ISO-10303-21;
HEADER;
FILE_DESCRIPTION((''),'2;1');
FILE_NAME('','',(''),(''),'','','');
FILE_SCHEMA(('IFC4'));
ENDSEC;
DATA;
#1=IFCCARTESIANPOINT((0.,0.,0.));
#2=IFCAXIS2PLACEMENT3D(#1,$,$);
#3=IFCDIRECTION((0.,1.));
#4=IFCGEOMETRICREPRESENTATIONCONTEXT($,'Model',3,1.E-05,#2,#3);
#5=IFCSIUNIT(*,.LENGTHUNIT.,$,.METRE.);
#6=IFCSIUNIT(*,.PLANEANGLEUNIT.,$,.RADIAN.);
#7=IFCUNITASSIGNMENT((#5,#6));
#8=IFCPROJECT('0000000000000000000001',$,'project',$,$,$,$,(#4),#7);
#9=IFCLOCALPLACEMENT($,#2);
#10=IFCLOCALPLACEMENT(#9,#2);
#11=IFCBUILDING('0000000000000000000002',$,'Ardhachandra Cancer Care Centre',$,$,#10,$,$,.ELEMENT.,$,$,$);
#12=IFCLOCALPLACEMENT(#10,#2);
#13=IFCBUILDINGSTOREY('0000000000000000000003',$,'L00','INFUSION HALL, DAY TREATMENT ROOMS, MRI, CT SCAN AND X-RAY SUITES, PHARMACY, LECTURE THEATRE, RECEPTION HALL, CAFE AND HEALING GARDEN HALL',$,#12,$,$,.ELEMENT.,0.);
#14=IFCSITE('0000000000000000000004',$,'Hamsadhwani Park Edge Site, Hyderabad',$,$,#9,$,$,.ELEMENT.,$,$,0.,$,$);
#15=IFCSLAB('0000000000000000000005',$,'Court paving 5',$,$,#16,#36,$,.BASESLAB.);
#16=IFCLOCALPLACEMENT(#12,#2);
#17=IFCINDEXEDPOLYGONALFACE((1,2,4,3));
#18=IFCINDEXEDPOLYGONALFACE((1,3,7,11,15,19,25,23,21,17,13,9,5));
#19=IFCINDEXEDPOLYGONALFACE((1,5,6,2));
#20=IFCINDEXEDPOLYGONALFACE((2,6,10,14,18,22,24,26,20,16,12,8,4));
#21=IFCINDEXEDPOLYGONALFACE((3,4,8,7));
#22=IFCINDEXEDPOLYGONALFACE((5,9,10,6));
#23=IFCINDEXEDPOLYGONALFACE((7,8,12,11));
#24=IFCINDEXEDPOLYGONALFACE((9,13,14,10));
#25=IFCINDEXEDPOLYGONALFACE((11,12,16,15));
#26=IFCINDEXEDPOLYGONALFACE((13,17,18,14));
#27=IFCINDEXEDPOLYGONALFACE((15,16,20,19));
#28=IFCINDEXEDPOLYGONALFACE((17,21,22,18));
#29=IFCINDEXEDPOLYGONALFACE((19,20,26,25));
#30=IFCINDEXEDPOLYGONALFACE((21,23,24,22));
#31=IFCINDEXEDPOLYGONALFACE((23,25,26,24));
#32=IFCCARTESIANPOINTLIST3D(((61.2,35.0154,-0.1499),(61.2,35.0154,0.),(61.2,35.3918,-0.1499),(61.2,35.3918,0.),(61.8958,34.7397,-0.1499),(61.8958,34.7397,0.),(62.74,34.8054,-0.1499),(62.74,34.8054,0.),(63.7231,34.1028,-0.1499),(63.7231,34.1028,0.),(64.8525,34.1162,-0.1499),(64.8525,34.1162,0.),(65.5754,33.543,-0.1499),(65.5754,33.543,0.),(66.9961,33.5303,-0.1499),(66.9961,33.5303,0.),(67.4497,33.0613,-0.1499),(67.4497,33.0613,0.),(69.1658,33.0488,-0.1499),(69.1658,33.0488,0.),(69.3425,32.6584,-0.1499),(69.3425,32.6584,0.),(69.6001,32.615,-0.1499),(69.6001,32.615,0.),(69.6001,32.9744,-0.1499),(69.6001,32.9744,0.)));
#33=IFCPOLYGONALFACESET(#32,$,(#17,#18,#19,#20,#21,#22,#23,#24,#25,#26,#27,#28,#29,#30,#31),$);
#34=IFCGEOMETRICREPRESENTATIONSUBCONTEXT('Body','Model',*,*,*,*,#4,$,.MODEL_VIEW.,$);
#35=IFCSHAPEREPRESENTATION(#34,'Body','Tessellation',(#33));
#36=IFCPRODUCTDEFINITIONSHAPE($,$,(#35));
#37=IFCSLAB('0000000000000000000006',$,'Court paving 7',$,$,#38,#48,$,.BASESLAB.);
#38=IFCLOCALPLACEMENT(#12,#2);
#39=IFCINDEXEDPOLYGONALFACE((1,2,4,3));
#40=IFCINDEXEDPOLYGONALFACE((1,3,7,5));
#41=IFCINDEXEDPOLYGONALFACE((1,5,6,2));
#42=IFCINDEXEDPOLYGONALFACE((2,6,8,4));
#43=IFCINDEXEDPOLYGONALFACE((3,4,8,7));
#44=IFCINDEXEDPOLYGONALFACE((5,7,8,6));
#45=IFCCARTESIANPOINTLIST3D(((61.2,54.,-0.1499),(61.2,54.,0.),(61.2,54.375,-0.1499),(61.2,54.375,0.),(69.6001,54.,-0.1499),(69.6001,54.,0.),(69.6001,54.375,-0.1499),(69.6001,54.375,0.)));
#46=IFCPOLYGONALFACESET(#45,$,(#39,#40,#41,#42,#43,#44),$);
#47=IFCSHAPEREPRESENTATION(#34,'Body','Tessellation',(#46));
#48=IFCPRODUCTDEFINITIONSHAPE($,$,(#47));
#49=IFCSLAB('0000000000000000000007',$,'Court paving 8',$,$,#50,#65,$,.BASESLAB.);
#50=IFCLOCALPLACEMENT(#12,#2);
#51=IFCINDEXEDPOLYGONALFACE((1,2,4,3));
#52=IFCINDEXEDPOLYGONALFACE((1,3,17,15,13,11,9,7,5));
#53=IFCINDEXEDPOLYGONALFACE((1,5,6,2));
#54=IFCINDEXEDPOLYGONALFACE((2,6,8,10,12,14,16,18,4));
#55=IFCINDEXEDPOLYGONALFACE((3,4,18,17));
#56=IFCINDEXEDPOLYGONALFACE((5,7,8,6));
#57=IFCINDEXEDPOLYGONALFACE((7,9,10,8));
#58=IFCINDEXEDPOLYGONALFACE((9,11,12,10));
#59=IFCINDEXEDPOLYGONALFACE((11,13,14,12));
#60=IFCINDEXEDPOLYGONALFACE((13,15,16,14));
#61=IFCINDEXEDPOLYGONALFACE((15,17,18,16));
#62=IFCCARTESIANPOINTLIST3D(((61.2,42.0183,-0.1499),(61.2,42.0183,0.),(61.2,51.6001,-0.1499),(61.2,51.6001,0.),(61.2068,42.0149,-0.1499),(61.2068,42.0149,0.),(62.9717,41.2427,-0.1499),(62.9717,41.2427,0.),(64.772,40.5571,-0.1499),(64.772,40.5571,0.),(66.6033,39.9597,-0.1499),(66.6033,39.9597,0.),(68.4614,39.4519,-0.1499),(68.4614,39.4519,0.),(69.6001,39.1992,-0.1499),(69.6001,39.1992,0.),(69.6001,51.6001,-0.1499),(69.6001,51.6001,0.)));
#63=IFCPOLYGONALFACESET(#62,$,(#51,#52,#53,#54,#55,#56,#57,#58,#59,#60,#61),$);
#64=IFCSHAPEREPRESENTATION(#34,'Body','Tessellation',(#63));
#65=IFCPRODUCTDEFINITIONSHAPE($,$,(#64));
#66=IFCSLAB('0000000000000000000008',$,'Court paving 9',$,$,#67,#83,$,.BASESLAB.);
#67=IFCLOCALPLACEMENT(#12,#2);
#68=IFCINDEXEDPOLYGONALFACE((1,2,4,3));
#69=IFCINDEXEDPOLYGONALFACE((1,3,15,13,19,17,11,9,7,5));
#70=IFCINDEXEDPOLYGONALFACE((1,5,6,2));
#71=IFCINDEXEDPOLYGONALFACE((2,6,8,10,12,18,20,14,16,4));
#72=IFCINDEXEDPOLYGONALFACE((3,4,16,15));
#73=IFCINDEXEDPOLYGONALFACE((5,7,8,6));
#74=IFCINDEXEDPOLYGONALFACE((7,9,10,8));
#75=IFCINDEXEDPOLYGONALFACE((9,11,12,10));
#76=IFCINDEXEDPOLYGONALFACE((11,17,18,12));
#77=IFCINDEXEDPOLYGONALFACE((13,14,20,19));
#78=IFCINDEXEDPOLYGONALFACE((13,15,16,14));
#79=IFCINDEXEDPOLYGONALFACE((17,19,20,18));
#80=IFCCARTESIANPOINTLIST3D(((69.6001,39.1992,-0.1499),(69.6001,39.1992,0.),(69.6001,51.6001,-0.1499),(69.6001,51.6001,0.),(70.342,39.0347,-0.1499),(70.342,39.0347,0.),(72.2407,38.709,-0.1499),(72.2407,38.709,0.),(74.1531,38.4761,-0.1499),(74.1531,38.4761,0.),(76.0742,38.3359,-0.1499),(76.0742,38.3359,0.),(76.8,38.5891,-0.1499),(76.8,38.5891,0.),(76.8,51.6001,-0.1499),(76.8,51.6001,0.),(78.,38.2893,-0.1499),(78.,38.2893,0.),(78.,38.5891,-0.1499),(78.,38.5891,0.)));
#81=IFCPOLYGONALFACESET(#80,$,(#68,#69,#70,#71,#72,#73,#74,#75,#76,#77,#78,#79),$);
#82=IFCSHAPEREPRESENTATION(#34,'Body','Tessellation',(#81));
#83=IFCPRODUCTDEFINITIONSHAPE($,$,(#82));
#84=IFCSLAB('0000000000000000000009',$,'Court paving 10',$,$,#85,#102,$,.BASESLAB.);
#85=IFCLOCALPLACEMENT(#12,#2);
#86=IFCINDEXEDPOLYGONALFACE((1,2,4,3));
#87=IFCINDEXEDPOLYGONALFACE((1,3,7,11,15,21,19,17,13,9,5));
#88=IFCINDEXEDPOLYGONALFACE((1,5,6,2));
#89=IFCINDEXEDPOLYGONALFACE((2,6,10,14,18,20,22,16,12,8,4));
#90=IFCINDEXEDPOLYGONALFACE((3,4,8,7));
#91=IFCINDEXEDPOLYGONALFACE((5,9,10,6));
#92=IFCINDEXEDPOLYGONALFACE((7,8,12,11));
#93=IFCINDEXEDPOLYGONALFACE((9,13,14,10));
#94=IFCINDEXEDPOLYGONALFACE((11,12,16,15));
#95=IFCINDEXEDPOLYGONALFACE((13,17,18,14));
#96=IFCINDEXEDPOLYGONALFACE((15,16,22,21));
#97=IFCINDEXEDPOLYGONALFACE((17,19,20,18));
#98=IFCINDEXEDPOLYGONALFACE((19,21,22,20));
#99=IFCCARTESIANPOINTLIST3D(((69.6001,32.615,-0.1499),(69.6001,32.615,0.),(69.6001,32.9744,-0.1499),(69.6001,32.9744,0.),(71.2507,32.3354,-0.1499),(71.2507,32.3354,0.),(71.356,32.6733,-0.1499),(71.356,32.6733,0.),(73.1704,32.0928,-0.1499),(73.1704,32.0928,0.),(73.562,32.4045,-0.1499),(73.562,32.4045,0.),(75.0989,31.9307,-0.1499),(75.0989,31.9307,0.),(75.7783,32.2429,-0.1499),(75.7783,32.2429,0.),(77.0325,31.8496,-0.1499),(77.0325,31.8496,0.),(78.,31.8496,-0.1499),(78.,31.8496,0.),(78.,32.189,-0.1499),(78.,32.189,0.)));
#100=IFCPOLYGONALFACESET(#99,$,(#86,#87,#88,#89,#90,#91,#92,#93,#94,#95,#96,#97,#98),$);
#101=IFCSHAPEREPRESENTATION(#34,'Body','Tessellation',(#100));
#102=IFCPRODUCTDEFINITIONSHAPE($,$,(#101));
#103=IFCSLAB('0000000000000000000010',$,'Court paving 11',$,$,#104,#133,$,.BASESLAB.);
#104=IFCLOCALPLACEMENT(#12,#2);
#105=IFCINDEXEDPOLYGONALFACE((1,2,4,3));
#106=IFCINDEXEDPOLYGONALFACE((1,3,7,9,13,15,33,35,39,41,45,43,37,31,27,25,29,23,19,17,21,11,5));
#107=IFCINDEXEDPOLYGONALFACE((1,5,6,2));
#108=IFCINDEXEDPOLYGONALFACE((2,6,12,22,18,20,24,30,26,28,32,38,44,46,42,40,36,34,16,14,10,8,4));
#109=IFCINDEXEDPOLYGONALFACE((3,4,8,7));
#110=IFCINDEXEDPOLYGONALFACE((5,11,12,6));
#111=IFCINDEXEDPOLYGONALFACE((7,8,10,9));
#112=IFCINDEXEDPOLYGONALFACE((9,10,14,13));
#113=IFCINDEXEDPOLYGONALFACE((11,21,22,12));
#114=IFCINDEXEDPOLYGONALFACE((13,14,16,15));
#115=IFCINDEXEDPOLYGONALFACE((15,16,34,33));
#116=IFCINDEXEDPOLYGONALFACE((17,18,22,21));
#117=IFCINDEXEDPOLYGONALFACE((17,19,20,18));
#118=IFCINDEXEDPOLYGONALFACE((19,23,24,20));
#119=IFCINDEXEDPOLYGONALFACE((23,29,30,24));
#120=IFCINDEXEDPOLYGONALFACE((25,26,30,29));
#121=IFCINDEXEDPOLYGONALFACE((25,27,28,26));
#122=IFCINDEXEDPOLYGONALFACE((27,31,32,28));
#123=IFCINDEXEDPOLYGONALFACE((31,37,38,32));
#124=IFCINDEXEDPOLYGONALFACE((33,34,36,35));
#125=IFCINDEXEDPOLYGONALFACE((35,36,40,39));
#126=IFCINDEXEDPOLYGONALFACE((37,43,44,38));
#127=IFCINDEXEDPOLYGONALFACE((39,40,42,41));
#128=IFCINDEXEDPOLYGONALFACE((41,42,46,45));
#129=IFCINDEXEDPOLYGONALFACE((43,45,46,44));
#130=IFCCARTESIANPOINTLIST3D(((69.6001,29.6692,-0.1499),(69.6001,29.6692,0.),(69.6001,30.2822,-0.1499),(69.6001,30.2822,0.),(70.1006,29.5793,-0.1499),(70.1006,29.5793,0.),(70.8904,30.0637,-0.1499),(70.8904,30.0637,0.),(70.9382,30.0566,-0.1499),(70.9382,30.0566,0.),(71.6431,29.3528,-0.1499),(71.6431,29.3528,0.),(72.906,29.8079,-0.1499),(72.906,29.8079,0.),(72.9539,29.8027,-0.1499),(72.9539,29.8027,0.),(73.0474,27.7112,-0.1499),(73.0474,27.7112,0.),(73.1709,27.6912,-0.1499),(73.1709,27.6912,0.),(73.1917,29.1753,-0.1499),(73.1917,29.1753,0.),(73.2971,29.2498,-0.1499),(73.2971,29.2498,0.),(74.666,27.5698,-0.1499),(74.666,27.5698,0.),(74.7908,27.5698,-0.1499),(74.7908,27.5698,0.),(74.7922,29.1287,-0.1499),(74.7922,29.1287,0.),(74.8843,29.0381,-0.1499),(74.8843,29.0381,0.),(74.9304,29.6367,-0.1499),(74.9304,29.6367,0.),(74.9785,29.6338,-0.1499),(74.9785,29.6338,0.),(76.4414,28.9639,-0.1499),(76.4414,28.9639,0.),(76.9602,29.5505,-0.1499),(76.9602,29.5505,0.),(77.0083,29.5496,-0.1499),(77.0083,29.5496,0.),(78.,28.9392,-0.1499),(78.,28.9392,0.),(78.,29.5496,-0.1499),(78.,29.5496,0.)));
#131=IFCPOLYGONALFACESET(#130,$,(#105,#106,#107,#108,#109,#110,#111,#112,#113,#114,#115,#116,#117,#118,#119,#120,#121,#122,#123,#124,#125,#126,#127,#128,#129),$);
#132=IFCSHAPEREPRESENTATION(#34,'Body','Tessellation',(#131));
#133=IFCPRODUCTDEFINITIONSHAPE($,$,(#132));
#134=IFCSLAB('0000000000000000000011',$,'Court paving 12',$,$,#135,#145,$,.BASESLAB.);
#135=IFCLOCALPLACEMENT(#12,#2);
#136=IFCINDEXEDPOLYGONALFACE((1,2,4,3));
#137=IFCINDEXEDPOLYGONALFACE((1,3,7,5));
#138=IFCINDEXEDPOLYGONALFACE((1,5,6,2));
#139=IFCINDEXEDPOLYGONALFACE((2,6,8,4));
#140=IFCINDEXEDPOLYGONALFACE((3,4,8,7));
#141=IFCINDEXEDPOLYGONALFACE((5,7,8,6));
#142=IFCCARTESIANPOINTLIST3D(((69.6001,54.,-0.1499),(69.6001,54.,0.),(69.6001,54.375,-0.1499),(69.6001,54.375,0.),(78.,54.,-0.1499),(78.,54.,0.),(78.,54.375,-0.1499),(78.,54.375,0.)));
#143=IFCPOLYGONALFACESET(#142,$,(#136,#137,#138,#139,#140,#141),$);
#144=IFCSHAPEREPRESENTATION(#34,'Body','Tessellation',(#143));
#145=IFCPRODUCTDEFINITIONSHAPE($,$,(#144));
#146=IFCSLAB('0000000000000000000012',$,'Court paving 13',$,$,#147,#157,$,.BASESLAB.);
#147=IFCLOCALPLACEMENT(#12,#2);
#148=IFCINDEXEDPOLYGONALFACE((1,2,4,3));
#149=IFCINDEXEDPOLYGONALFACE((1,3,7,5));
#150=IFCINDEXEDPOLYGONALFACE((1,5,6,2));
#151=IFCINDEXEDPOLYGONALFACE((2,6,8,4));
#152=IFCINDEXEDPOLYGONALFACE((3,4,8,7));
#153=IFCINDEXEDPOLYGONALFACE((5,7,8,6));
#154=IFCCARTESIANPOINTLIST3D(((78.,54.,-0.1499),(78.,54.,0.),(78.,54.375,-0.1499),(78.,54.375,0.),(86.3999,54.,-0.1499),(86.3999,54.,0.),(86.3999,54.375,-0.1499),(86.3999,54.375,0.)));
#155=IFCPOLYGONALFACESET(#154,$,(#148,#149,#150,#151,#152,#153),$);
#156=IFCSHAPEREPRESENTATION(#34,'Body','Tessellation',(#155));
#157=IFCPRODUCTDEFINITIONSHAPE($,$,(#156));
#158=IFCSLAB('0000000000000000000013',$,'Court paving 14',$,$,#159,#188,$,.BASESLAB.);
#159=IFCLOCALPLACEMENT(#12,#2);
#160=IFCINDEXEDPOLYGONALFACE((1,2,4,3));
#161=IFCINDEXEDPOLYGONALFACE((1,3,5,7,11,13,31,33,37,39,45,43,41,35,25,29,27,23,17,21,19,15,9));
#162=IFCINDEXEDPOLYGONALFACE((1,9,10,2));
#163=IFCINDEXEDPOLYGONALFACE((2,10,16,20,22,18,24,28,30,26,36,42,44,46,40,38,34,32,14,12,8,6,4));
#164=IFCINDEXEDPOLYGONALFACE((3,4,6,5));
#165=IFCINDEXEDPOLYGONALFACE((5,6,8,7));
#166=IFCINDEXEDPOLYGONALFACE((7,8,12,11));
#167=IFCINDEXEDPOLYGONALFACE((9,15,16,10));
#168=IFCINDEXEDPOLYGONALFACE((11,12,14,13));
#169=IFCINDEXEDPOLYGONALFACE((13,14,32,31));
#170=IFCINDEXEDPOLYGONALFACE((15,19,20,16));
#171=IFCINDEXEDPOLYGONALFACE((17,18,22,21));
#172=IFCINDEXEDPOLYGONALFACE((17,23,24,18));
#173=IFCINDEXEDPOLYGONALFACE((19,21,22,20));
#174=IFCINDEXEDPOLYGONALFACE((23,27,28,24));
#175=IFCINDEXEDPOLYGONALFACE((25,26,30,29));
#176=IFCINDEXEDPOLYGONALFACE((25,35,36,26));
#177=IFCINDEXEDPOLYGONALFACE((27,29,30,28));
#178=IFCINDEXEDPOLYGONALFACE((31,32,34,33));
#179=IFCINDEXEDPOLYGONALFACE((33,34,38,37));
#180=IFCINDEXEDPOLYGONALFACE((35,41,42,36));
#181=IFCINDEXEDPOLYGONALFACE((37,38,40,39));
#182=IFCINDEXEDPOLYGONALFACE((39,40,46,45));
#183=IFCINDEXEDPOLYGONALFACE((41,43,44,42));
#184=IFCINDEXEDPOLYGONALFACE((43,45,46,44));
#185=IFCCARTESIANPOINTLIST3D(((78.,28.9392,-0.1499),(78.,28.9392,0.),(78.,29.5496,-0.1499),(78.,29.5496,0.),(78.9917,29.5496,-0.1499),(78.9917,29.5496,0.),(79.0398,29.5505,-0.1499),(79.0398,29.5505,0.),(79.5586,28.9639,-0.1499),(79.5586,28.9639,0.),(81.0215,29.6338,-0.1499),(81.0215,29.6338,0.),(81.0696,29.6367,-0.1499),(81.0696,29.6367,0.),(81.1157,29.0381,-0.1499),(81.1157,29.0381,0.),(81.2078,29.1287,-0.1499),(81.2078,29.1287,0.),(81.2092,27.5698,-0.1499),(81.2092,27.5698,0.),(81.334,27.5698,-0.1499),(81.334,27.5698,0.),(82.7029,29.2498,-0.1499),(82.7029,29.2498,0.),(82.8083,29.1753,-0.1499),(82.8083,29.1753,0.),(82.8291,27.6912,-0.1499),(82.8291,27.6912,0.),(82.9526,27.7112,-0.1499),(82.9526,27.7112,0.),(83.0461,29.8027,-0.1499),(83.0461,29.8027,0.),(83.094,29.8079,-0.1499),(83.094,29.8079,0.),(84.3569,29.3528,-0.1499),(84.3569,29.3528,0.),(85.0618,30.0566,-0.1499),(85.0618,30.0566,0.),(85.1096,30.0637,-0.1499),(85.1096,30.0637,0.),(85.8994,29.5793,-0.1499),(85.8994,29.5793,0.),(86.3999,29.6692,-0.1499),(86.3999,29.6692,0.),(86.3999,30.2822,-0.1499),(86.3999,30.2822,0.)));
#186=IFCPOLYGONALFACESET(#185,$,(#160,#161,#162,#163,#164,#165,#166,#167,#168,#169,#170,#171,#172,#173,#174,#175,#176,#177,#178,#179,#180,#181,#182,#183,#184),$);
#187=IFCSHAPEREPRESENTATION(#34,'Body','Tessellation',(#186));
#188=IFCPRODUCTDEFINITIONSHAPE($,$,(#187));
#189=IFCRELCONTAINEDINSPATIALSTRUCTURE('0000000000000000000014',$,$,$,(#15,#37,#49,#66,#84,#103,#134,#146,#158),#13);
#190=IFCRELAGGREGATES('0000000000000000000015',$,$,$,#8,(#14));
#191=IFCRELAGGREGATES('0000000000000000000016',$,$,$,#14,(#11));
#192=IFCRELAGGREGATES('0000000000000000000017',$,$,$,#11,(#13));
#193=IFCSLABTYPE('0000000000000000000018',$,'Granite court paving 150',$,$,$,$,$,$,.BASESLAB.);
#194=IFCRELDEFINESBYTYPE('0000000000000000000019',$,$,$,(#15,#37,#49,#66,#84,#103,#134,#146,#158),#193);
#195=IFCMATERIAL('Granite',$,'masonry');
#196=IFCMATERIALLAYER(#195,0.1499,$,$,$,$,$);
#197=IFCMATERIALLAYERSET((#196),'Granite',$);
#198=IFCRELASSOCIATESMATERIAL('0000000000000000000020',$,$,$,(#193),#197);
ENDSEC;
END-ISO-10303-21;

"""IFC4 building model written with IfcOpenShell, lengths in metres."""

from ifc_helpers import new_model, si_unit, direction, frame, origin, place, context, subcontext, project, spatial, polyline, outline, extrude, material, layer, layer_set, type_object, element, save


model = new_model("IFC4")

# Units and contexts
model_context = context("Model", 3, precision=1e-05, world=origin(), true_north=direction((0.0, 1.0)))
body_context = subcontext(model_context, "Body", "Model", "MODEL_VIEW")
ifc_project = project(units=[si_unit("LENGTHUNIT", "METRE"), si_unit("PLANEANGLEUNIT", "RADIAN")], contexts=[model_context])

# Site, building, storey
site_placement = place(None, origin())
site = spatial("IfcSite", under=ifc_project, at=site_placement, Name="Hamsadhwani Park Edge Site, Hyderabad", CompositionType="ELEMENT", RefElevation=0.0)
building_placement = place(site_placement, origin())
building = spatial("IfcBuilding", under=site, at=building_placement, Name="Ardhachandra Cancer Care Centre", CompositionType="ELEMENT")
storey_placement = place(building_placement, origin())
storey = spatial("IfcBuildingStorey", under=building, at=storey_placement, Name="L00", Description="INFUSION HALL, DAY TREATMENT ROOMS, MRI, CT SCAN AND X-RAY SUITES, PHARMACY, LECTURE THEATRE, RECEPTION HALL, CAFE AND HEALING GARDEN HALL", CompositionType="ELEMENT", Elevation=0.0)

# Slabs
ifc_material_1 = material(Name="Granite", Category="masonry")
ifc_layer_1 = layer(ifc_material_1, 0.1499)
ifc_layer_set_1 = layer_set([ifc_layer_1], Name="Granite")
slab_type_1 = type_object("IfcSlabType", Name="Granite court paving 150", PredefinedType="BASESLAB", material=ifc_layer_set_1)
slab_1_placement = place(storey_placement, frame((0.0, 0.0, -0.1499)))
element("IfcSlab", 1, at=slab_1_placement, inside=storey, type_object=slab_type_1, Name="Court paving 5", PredefinedType="BASESLAB", context=body_context, shape_type="SweptSolid", body=[
    extrude(outline(polyline([(69.3425, 32.6584), (69.6001, 32.615), (69.6001, 32.9744), (69.1658, 33.0488), (66.9961, 33.5303), (64.8525, 34.1162), (62.74, 34.8054), (61.2, 35.3918), (61.2, 35.0154), (61.8958, 34.7397), (63.7231, 34.1028), (65.5754, 33.543), (67.4497, 33.0613), (69.3425, 32.6584)])), origin(), (0.0, 0.0, 1.0), 0.1499),
])
slab_2_placement = place(storey_placement, frame((0.0, 0.0, -0.1499)))
element("IfcSlab", 2, at=slab_2_placement, inside=storey, type_object=slab_type_1, Name="Court paving 7", PredefinedType="BASESLAB", context=body_context, shape_type="SweptSolid", body=[
    extrude(outline(polyline([(69.6001, 54.375), (61.2, 54.375), (61.2, 54.0), (69.6001, 54.0), (69.6001, 54.375)])), origin(), (0.0, 0.0, 1.0), 0.1499),
])
slab_3_placement = place(storey_placement, frame((0.0, 0.0, -0.1499)))
element("IfcSlab", 3, at=slab_3_placement, inside=storey, type_object=slab_type_1, Name="Court paving 8", PredefinedType="BASESLAB", context=body_context, shape_type="SweptSolid", body=[
    extrude(outline(polyline([(69.6001, 51.6001), (61.2, 51.6001), (61.2, 42.0183), (61.2068, 42.0149), (62.9717, 41.2427), (64.772, 40.5571), (66.6033, 39.9597), (68.4614, 39.4519), (69.6001, 39.1992), (69.6001, 51.6001)])), origin(), (0.0, 0.0, 1.0), 0.1499),
])
slab_4_placement = place(storey_placement, frame((0.0, 0.0, -0.1499)))
element("IfcSlab", 4, at=slab_4_placement, inside=storey, type_object=slab_type_1, Name="Court paving 9", PredefinedType="BASESLAB", context=body_context, shape_type="SweptSolid", body=[
    extrude(outline(polyline([(76.8, 51.6001), (69.6001, 51.6001), (69.6001, 39.1992), (70.342, 39.0347), (72.2407, 38.709), (74.1531, 38.4761), (76.0742, 38.3359), (78.0, 38.2893), (78.0, 38.5891), (76.8, 38.5891), (76.8, 51.6001)])), origin(), (0.0, 0.0, 1.0), 0.1499),
])
slab_5_placement = place(storey_placement, frame((0.0, 0.0, -0.1499)))
element("IfcSlab", 5, at=slab_5_placement, inside=storey, type_object=slab_type_1, Name="Court paving 10", PredefinedType="BASESLAB", context=body_context, shape_type="SweptSolid", body=[
    extrude(outline(polyline([(77.0325, 31.8496), (78.0, 31.8496), (78.0, 32.189), (75.7783, 32.2429), (73.562, 32.4045), (71.356, 32.6733), (69.6001, 32.9744), (69.6001, 32.615), (71.2507, 32.3354), (73.1704, 32.0928), (75.0989, 31.9307), (77.0325, 31.8496)])), origin(), (0.0, 0.0, 1.0), 0.1499),
])
slab_6_placement = place(storey_placement, frame((0.0, 0.0, -0.1499)))
element("IfcSlab", 6, at=slab_6_placement, inside=storey, type_object=slab_type_1, Name="Court paving 11", PredefinedType="BASESLAB", context=body_context, shape_type="SweptSolid", body=[
    extrude(outline(polyline([(76.4414, 28.9639), (78.0, 28.9392), (78.0, 29.5496), (77.0083, 29.5496), (76.9602, 29.5505), (74.9785, 29.6338), (74.9304, 29.6367), (72.9539, 29.8027), (72.906, 29.8079), (70.9382, 30.0566), (70.8904, 30.0637), (69.6001, 30.2822), (69.6001, 29.6692), (70.1006, 29.5793), (71.6431, 29.3528), (73.1917, 29.1753), (73.0474, 27.7112), (73.1709, 27.6912), (73.2971, 29.2498), (74.7922, 29.1287), (74.666, 27.5698), (74.7908, 27.5698), (74.8843, 29.0381), (76.4414, 28.9639)])), origin(), (0.0, 0.0, 1.0), 0.1499),
])
slab_7_placement = place(storey_placement, frame((0.0, 0.0, -0.1499)))
element("IfcSlab", 7, at=slab_7_placement, inside=storey, type_object=slab_type_1, Name="Court paving 12", PredefinedType="BASESLAB", context=body_context, shape_type="SweptSolid", body=[
    extrude(outline(polyline([(78.0, 54.375), (69.6001, 54.375), (69.6001, 54.0), (78.0, 54.0), (78.0, 54.375)])), origin(), (0.0, 0.0, 1.0), 0.1499),
])
slab_8_placement = place(storey_placement, frame((0.0, 0.0, -0.1499)))
element("IfcSlab", 8, at=slab_8_placement, inside=storey, type_object=slab_type_1, Name="Court paving 13", PredefinedType="BASESLAB", context=body_context, shape_type="SweptSolid", body=[
    extrude(outline(polyline([(86.3999, 54.375), (78.0, 54.375), (78.0, 54.0), (86.3999, 54.0), (86.3999, 54.375)])), origin(), (0.0, 0.0, 1.0), 0.1499),
])
slab_9_placement = place(storey_placement, frame((0.0, 0.0, -0.1499)))
element("IfcSlab", 9, at=slab_9_placement, inside=storey, type_object=slab_type_1, Name="Court paving 14", PredefinedType="BASESLAB", context=body_context, shape_type="SweptSolid", body=[
    extrude(outline(polyline([(85.8994, 29.5793), (86.3999, 29.6692), (86.3999, 30.2822), (85.1096, 30.0637), (85.0618, 30.0566), (83.094, 29.8079), (83.0461, 29.8027), (81.0696, 29.6367), (81.0215, 29.6338), (79.0398, 29.5505), (78.9917, 29.5496), (78.0, 29.5496), (78.0, 28.9392), (79.5586, 28.9639), (81.1157, 29.0381), (81.2092, 27.5698), (81.334, 27.5698), (81.2078, 29.1287), (82.7029, 29.2498), (82.8291, 27.6912), (82.9526, 27.7112), (82.8083, 29.1753), (84.3569, 29.3528), (85.8994, 29.5793)])), origin(), (0.0, 0.0, 1.0), 0.1499),
])

save(model, "model.ifc")
